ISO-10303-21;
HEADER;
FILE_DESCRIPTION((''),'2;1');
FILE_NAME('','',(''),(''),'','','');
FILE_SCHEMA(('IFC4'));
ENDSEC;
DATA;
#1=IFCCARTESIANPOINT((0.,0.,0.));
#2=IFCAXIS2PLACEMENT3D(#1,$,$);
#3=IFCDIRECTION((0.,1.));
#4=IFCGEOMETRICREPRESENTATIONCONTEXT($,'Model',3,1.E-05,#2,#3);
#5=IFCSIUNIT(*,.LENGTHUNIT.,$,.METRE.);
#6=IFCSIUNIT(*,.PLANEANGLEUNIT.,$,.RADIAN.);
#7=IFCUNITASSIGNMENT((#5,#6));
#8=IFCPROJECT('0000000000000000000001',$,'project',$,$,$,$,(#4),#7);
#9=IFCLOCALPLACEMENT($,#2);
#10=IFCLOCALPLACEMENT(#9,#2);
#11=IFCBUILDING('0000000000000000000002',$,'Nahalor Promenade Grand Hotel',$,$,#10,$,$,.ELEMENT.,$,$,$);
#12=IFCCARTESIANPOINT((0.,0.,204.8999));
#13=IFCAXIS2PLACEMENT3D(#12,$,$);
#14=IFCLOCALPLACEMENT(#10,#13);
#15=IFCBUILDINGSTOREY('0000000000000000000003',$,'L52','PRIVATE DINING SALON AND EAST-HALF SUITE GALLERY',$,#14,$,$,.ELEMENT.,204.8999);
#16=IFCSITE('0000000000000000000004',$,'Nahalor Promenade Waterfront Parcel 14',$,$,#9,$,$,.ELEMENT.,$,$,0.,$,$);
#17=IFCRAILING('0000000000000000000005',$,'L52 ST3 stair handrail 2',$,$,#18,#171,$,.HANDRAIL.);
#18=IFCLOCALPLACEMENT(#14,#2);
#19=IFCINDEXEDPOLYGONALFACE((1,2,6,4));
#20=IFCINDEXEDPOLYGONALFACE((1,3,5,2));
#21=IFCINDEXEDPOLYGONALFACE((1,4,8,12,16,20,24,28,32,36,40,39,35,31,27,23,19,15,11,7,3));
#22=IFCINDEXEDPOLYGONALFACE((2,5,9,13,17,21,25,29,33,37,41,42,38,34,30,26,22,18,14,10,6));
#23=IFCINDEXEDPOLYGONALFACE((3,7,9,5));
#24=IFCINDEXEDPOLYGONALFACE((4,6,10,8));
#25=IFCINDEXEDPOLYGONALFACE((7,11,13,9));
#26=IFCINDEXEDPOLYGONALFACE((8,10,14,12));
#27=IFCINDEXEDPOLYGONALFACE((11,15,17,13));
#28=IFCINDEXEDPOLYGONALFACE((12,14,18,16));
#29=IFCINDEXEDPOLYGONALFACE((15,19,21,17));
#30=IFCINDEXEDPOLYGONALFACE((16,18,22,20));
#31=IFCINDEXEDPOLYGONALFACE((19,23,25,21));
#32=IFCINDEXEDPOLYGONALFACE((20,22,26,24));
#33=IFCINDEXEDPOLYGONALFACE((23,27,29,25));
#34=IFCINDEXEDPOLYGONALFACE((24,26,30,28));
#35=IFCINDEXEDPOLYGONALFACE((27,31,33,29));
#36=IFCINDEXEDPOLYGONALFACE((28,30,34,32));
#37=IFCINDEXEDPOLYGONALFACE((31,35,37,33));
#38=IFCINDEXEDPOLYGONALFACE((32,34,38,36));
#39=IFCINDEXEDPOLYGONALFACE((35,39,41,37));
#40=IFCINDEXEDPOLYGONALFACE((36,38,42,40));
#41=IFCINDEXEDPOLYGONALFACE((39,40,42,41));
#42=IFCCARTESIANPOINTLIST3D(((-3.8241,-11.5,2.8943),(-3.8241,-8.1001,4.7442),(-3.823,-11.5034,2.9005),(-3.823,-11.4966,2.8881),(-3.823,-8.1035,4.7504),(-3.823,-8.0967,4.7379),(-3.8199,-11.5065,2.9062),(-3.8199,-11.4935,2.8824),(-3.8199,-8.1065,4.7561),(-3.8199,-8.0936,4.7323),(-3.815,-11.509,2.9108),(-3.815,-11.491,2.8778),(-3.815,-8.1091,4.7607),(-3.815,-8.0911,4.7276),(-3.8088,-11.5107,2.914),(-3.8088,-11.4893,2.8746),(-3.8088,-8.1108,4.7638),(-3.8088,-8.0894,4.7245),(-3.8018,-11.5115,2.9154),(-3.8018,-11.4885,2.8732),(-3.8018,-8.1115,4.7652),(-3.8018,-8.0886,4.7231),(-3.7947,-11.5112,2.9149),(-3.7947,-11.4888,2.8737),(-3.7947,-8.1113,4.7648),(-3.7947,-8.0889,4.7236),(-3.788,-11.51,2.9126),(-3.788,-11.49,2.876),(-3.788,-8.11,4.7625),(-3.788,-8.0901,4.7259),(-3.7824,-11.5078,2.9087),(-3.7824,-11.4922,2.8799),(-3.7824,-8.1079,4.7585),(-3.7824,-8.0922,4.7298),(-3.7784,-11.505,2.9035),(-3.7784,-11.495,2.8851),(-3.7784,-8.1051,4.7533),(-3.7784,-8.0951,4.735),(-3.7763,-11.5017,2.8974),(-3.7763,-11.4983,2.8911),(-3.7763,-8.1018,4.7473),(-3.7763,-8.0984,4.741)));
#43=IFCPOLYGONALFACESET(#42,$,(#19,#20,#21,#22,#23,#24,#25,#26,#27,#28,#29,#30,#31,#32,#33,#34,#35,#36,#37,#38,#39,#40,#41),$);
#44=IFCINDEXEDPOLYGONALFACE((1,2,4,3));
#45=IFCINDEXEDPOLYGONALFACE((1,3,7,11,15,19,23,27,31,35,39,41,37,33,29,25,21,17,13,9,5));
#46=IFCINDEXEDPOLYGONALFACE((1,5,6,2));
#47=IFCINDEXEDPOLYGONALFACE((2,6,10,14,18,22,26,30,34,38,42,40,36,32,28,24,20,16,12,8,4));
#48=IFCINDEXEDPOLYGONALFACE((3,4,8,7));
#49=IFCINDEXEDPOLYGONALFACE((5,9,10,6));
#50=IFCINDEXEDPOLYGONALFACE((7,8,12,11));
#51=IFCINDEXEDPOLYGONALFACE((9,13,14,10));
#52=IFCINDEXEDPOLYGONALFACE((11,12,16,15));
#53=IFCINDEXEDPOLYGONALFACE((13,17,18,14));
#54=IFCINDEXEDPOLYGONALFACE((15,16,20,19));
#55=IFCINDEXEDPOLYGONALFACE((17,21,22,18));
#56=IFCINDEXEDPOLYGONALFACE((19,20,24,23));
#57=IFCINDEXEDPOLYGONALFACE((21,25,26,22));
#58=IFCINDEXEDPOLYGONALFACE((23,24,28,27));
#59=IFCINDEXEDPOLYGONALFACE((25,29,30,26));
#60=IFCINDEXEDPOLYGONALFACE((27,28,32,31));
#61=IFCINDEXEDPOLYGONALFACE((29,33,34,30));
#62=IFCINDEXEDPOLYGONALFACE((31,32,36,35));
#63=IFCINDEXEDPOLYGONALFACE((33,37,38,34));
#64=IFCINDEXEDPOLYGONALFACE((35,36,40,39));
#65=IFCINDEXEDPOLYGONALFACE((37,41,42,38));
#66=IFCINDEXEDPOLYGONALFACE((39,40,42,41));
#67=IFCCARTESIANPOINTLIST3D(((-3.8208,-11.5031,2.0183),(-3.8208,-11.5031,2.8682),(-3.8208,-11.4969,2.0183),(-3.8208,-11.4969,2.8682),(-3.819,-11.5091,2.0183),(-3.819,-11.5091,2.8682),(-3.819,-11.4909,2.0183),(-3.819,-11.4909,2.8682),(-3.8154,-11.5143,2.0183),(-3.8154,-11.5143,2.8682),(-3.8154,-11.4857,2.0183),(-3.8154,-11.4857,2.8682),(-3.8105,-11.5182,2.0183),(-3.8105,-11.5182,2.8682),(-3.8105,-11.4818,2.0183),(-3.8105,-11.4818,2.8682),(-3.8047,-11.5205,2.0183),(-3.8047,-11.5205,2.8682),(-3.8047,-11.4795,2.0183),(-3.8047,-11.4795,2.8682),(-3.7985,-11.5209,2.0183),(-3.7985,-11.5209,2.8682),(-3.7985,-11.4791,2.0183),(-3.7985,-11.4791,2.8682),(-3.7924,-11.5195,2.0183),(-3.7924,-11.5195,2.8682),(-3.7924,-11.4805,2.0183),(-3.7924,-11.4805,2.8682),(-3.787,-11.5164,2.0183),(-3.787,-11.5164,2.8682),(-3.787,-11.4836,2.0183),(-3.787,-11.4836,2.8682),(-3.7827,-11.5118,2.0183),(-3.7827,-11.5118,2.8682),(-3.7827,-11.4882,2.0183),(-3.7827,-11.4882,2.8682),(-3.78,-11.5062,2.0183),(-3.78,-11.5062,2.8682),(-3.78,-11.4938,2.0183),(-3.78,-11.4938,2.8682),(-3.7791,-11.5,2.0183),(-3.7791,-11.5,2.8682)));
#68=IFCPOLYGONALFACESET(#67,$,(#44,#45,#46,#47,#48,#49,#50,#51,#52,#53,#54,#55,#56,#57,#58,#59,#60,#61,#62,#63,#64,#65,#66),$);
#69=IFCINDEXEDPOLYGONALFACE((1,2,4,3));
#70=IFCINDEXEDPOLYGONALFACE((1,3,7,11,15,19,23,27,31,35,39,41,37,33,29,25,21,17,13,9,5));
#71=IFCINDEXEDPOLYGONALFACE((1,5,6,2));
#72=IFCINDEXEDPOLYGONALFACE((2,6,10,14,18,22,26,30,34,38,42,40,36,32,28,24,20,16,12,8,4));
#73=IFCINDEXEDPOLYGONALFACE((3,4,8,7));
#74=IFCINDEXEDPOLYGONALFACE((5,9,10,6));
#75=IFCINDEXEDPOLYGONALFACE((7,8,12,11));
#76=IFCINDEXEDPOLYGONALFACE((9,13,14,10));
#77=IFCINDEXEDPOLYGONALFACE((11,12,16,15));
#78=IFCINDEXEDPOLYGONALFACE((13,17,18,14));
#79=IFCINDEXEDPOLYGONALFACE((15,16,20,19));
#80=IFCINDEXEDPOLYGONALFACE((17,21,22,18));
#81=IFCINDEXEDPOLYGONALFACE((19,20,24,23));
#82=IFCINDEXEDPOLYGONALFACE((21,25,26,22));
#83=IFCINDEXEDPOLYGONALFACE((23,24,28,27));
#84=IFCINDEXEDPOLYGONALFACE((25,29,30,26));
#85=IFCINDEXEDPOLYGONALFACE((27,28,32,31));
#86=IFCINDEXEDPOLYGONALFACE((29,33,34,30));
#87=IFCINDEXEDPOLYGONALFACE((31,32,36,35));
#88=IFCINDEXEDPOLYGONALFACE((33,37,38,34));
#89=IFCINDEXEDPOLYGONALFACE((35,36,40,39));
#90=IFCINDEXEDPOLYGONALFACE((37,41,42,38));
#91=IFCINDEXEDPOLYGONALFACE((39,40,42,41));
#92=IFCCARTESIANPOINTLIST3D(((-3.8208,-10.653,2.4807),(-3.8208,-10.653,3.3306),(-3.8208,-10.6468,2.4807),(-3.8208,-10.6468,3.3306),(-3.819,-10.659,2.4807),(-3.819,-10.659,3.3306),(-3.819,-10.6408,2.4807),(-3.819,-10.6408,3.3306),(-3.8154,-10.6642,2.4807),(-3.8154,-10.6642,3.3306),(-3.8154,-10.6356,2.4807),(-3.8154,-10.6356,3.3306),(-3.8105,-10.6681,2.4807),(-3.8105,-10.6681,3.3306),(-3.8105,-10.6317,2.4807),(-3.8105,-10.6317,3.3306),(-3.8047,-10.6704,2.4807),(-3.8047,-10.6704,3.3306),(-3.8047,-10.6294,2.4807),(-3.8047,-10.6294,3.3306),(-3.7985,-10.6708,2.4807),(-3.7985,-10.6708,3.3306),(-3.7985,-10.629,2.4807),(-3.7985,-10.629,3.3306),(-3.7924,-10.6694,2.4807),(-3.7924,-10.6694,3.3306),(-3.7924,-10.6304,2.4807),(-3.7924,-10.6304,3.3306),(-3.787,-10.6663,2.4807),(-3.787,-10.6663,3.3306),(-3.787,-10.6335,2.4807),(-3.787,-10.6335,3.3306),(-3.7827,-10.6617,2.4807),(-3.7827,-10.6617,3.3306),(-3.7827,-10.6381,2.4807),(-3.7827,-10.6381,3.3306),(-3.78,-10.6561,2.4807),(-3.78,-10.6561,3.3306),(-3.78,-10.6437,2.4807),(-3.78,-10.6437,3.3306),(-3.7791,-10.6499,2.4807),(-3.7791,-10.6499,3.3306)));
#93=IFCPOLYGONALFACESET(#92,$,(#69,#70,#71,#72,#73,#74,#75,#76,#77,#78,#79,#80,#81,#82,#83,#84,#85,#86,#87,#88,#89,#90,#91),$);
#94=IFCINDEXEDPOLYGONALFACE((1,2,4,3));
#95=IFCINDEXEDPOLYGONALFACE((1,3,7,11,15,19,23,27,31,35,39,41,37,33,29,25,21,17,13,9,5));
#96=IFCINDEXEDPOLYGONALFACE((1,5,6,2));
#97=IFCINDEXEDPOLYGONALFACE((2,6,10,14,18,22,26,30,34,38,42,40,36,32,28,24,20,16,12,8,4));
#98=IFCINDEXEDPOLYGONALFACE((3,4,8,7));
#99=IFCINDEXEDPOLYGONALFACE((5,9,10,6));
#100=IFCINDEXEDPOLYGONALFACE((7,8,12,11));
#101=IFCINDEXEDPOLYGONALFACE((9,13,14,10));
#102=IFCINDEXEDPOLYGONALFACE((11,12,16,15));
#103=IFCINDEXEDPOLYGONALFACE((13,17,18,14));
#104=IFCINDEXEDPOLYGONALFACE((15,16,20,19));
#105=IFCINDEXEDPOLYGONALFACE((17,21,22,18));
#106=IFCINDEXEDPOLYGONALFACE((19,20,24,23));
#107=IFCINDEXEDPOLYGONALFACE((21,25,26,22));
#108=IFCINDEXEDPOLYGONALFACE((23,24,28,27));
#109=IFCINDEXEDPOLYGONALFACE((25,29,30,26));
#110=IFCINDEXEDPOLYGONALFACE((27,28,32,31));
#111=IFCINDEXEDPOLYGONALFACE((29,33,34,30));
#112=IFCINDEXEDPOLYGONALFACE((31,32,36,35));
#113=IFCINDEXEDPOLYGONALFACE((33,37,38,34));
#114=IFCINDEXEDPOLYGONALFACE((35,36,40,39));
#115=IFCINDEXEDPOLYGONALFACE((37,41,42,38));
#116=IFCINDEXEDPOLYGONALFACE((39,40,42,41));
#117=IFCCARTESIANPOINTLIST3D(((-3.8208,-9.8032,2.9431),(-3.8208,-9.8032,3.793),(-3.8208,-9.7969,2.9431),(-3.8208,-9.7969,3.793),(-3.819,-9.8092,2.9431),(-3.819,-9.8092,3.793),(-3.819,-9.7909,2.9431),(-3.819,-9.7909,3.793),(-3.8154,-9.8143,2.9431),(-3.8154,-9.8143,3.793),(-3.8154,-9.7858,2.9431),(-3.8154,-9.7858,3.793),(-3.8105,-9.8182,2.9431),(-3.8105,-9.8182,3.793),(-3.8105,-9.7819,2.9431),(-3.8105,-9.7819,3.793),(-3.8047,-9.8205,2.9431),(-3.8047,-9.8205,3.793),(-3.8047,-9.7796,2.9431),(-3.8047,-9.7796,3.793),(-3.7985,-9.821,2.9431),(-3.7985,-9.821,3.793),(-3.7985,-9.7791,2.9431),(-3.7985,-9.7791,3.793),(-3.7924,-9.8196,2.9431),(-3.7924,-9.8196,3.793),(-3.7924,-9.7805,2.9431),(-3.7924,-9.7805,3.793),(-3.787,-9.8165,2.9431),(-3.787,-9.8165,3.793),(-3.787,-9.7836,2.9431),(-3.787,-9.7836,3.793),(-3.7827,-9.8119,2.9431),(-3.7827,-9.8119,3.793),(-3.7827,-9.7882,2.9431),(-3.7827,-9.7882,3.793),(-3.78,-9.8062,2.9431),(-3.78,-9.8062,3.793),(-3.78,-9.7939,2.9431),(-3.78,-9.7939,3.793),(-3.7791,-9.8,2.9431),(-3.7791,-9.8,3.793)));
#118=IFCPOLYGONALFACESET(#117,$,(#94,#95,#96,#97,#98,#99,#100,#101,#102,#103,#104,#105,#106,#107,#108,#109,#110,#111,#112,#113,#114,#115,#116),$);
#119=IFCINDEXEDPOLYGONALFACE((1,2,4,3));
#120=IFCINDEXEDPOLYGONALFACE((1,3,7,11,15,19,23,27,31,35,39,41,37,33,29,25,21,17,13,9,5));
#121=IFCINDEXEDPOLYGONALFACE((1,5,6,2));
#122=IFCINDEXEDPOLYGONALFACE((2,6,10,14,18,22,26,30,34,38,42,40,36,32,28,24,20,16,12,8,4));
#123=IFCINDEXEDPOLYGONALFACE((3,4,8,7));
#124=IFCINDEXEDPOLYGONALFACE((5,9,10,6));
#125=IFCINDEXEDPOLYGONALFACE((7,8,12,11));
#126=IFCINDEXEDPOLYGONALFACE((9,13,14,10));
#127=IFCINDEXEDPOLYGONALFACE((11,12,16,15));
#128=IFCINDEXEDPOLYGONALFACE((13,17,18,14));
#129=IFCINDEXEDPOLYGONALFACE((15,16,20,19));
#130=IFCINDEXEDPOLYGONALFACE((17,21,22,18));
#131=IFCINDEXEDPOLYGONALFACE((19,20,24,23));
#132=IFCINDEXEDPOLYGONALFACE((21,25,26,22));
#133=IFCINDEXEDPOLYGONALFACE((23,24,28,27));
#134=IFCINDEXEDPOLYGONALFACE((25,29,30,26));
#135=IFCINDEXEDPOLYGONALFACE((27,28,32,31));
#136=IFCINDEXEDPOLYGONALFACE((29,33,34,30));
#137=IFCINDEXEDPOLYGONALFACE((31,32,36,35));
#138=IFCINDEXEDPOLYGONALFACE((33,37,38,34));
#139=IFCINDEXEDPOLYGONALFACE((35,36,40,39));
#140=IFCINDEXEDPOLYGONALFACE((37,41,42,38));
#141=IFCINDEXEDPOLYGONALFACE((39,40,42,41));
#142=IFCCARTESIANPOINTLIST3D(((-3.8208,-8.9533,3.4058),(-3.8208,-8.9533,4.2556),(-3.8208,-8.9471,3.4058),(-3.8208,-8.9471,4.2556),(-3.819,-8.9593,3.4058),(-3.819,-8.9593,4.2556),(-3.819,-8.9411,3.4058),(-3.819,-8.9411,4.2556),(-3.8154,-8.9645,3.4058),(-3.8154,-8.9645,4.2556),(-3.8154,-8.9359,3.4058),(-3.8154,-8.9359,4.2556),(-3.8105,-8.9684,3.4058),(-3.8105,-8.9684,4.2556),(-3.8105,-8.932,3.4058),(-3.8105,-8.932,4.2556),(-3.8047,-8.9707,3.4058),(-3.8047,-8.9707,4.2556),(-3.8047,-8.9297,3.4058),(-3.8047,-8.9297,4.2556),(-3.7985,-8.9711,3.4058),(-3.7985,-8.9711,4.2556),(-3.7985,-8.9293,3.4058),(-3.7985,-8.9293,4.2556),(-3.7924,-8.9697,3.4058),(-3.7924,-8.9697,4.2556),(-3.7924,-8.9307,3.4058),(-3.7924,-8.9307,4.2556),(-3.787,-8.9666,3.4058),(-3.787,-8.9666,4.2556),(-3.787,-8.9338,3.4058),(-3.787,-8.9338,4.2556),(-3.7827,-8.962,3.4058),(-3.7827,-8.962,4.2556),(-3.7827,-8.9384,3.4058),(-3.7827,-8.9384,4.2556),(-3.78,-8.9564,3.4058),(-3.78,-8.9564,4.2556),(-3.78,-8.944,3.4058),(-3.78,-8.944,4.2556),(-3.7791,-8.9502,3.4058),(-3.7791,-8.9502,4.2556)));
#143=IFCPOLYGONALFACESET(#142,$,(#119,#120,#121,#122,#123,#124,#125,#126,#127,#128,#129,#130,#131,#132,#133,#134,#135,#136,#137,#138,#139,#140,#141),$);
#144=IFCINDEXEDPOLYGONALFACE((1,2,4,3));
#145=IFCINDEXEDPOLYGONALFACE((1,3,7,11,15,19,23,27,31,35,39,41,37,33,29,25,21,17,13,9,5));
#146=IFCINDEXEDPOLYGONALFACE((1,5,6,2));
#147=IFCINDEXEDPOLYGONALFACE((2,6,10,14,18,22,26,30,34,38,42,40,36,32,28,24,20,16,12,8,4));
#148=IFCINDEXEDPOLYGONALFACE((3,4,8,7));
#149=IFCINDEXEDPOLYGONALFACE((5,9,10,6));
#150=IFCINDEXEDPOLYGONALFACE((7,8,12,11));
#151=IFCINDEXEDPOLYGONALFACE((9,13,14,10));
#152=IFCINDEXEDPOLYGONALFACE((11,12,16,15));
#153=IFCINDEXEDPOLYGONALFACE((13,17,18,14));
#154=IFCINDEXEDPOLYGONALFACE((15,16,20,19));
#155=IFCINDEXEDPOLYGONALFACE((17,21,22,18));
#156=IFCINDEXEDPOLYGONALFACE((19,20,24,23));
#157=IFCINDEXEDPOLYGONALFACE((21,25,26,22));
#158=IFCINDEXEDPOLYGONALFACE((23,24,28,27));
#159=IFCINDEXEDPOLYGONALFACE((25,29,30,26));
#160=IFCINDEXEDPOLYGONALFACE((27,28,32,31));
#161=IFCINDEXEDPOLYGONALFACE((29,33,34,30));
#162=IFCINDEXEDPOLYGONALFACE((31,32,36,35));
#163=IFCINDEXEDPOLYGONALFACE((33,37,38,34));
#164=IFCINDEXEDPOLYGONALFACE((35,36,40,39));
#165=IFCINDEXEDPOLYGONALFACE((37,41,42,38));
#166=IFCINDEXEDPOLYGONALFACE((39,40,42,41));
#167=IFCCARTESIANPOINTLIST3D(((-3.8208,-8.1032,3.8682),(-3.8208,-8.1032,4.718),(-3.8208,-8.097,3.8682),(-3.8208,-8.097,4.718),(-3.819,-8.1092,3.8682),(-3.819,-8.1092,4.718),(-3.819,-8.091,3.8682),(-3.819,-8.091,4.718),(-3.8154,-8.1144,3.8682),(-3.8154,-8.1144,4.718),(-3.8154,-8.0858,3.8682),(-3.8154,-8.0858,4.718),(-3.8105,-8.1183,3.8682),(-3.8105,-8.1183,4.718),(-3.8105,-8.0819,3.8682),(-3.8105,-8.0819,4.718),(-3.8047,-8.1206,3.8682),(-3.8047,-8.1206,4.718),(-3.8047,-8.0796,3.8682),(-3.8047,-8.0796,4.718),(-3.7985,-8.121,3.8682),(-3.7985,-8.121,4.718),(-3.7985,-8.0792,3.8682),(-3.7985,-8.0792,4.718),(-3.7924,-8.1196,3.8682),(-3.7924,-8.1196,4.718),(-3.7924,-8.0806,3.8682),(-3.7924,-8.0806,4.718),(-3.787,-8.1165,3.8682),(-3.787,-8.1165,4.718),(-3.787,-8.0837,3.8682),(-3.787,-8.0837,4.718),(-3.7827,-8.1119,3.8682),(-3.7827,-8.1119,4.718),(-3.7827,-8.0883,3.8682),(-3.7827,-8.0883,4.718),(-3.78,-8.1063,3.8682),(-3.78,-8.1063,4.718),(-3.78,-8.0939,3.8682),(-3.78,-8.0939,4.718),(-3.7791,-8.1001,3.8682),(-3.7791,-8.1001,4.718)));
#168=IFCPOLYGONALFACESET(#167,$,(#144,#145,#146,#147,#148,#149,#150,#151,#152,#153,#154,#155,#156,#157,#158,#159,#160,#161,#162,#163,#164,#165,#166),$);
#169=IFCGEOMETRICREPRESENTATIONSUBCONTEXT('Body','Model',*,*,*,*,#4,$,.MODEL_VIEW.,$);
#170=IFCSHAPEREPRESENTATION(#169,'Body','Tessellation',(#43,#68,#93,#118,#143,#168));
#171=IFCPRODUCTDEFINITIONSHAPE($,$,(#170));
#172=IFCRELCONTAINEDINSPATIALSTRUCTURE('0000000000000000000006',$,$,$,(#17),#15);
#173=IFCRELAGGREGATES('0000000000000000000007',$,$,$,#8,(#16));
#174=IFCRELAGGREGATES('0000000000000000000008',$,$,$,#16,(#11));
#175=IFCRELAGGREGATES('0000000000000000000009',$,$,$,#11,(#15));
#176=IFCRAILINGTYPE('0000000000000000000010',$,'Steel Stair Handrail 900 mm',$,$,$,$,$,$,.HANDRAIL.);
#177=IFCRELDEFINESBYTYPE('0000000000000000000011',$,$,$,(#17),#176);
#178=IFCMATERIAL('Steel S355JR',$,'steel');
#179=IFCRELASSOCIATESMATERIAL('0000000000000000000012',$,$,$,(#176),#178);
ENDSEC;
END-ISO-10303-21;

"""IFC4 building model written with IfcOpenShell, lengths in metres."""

from ifc_helpers import new_model, si_unit, direction, frame, origin, origin_2d, place, context, subcontext, project, spatial, circle, extrude, material, type_object, element, save


model = new_model("IFC4")

# Units and contexts
model_context = context("Model", 3, precision=1e-05, world=origin(), true_north=direction((0.0, 1.0)))
body_context = subcontext(model_context, "Body", "Model", "MODEL_VIEW")
ifc_project = project(units=[si_unit("LENGTHUNIT", "METRE"), si_unit("PLANEANGLEUNIT", "RADIAN")], contexts=[model_context])

# Site, building, storey
site_placement = place(None, origin())
site = spatial("IfcSite", under=ifc_project, at=site_placement, Name="Nahalor Promenade Waterfront Parcel 14", CompositionType="ELEMENT", RefElevation=0.0)
building_placement = place(site_placement, origin())
building = spatial("IfcBuilding", under=site, at=building_placement, Name="Nahalor Promenade Grand Hotel", CompositionType="ELEMENT")
storey_placement = place(building_placement, frame((0.0, 0.0, 204.8999)))
storey = spatial("IfcBuildingStorey", under=building, at=storey_placement, Name="L52", Description="PRIVATE DINING SALON AND EAST-HALF SUITE GALLERY", CompositionType="ELEMENT", Elevation=204.8999)

# Shared definitions
ifc_material_1 = material(Name="Steel S355JR", Category="steel")

# Railing
railing_type_1 = type_object("IfcRailingType", Name="Steel Stair Handrail 900 mm", PredefinedType="HANDRAIL", material=ifc_material_1)
railing_1_placement = place(storey_placement, frame((-3.8, -11.5, 2.0183)))
element("IfcRailing", 1, at=railing_1_placement, inside=storey, type_object=railing_type_1, Name="L52 ST3 stair handrail 2", PredefinedType="HANDRAIL", context=body_context, shape_type="SweptSolid", body=[
    extrude(circle(Radius=0.024, at=origin_2d()), frame((0.0, 0.0, 0.876), z_axis=(0.0, 0.878399, 0.477928), x_axis=(-1.0, 0.0, 0.0)), (0.0, 0.0, 1.0), 3.8706),
    extrude(circle(Radius=0.021, at=origin_2d()), origin(), (0.0, 0.0, 1.0), 0.8499),
    extrude(circle(Radius=0.021, at=origin_2d()), frame((0.0, 0.8501, 0.4624)), (0.0, 0.0, 1.0), 0.8499),
    extrude(circle(Radius=0.021, at=origin_2d()), frame((0.0, 1.7, 0.9248)), (0.0, 0.0, 1.0), 0.8499),
    extrude(circle(Radius=0.021, at=origin_2d()), frame((0.0, 2.5498, 1.3875)), (0.0, 0.0, 1.0), 0.8499),
    extrude(circle(Radius=0.021, at=origin_2d()), frame((0.0, 3.3999, 1.8499)), (0.0, 0.0, 1.0), 0.8499),
])

save(model, "model.ifc")
